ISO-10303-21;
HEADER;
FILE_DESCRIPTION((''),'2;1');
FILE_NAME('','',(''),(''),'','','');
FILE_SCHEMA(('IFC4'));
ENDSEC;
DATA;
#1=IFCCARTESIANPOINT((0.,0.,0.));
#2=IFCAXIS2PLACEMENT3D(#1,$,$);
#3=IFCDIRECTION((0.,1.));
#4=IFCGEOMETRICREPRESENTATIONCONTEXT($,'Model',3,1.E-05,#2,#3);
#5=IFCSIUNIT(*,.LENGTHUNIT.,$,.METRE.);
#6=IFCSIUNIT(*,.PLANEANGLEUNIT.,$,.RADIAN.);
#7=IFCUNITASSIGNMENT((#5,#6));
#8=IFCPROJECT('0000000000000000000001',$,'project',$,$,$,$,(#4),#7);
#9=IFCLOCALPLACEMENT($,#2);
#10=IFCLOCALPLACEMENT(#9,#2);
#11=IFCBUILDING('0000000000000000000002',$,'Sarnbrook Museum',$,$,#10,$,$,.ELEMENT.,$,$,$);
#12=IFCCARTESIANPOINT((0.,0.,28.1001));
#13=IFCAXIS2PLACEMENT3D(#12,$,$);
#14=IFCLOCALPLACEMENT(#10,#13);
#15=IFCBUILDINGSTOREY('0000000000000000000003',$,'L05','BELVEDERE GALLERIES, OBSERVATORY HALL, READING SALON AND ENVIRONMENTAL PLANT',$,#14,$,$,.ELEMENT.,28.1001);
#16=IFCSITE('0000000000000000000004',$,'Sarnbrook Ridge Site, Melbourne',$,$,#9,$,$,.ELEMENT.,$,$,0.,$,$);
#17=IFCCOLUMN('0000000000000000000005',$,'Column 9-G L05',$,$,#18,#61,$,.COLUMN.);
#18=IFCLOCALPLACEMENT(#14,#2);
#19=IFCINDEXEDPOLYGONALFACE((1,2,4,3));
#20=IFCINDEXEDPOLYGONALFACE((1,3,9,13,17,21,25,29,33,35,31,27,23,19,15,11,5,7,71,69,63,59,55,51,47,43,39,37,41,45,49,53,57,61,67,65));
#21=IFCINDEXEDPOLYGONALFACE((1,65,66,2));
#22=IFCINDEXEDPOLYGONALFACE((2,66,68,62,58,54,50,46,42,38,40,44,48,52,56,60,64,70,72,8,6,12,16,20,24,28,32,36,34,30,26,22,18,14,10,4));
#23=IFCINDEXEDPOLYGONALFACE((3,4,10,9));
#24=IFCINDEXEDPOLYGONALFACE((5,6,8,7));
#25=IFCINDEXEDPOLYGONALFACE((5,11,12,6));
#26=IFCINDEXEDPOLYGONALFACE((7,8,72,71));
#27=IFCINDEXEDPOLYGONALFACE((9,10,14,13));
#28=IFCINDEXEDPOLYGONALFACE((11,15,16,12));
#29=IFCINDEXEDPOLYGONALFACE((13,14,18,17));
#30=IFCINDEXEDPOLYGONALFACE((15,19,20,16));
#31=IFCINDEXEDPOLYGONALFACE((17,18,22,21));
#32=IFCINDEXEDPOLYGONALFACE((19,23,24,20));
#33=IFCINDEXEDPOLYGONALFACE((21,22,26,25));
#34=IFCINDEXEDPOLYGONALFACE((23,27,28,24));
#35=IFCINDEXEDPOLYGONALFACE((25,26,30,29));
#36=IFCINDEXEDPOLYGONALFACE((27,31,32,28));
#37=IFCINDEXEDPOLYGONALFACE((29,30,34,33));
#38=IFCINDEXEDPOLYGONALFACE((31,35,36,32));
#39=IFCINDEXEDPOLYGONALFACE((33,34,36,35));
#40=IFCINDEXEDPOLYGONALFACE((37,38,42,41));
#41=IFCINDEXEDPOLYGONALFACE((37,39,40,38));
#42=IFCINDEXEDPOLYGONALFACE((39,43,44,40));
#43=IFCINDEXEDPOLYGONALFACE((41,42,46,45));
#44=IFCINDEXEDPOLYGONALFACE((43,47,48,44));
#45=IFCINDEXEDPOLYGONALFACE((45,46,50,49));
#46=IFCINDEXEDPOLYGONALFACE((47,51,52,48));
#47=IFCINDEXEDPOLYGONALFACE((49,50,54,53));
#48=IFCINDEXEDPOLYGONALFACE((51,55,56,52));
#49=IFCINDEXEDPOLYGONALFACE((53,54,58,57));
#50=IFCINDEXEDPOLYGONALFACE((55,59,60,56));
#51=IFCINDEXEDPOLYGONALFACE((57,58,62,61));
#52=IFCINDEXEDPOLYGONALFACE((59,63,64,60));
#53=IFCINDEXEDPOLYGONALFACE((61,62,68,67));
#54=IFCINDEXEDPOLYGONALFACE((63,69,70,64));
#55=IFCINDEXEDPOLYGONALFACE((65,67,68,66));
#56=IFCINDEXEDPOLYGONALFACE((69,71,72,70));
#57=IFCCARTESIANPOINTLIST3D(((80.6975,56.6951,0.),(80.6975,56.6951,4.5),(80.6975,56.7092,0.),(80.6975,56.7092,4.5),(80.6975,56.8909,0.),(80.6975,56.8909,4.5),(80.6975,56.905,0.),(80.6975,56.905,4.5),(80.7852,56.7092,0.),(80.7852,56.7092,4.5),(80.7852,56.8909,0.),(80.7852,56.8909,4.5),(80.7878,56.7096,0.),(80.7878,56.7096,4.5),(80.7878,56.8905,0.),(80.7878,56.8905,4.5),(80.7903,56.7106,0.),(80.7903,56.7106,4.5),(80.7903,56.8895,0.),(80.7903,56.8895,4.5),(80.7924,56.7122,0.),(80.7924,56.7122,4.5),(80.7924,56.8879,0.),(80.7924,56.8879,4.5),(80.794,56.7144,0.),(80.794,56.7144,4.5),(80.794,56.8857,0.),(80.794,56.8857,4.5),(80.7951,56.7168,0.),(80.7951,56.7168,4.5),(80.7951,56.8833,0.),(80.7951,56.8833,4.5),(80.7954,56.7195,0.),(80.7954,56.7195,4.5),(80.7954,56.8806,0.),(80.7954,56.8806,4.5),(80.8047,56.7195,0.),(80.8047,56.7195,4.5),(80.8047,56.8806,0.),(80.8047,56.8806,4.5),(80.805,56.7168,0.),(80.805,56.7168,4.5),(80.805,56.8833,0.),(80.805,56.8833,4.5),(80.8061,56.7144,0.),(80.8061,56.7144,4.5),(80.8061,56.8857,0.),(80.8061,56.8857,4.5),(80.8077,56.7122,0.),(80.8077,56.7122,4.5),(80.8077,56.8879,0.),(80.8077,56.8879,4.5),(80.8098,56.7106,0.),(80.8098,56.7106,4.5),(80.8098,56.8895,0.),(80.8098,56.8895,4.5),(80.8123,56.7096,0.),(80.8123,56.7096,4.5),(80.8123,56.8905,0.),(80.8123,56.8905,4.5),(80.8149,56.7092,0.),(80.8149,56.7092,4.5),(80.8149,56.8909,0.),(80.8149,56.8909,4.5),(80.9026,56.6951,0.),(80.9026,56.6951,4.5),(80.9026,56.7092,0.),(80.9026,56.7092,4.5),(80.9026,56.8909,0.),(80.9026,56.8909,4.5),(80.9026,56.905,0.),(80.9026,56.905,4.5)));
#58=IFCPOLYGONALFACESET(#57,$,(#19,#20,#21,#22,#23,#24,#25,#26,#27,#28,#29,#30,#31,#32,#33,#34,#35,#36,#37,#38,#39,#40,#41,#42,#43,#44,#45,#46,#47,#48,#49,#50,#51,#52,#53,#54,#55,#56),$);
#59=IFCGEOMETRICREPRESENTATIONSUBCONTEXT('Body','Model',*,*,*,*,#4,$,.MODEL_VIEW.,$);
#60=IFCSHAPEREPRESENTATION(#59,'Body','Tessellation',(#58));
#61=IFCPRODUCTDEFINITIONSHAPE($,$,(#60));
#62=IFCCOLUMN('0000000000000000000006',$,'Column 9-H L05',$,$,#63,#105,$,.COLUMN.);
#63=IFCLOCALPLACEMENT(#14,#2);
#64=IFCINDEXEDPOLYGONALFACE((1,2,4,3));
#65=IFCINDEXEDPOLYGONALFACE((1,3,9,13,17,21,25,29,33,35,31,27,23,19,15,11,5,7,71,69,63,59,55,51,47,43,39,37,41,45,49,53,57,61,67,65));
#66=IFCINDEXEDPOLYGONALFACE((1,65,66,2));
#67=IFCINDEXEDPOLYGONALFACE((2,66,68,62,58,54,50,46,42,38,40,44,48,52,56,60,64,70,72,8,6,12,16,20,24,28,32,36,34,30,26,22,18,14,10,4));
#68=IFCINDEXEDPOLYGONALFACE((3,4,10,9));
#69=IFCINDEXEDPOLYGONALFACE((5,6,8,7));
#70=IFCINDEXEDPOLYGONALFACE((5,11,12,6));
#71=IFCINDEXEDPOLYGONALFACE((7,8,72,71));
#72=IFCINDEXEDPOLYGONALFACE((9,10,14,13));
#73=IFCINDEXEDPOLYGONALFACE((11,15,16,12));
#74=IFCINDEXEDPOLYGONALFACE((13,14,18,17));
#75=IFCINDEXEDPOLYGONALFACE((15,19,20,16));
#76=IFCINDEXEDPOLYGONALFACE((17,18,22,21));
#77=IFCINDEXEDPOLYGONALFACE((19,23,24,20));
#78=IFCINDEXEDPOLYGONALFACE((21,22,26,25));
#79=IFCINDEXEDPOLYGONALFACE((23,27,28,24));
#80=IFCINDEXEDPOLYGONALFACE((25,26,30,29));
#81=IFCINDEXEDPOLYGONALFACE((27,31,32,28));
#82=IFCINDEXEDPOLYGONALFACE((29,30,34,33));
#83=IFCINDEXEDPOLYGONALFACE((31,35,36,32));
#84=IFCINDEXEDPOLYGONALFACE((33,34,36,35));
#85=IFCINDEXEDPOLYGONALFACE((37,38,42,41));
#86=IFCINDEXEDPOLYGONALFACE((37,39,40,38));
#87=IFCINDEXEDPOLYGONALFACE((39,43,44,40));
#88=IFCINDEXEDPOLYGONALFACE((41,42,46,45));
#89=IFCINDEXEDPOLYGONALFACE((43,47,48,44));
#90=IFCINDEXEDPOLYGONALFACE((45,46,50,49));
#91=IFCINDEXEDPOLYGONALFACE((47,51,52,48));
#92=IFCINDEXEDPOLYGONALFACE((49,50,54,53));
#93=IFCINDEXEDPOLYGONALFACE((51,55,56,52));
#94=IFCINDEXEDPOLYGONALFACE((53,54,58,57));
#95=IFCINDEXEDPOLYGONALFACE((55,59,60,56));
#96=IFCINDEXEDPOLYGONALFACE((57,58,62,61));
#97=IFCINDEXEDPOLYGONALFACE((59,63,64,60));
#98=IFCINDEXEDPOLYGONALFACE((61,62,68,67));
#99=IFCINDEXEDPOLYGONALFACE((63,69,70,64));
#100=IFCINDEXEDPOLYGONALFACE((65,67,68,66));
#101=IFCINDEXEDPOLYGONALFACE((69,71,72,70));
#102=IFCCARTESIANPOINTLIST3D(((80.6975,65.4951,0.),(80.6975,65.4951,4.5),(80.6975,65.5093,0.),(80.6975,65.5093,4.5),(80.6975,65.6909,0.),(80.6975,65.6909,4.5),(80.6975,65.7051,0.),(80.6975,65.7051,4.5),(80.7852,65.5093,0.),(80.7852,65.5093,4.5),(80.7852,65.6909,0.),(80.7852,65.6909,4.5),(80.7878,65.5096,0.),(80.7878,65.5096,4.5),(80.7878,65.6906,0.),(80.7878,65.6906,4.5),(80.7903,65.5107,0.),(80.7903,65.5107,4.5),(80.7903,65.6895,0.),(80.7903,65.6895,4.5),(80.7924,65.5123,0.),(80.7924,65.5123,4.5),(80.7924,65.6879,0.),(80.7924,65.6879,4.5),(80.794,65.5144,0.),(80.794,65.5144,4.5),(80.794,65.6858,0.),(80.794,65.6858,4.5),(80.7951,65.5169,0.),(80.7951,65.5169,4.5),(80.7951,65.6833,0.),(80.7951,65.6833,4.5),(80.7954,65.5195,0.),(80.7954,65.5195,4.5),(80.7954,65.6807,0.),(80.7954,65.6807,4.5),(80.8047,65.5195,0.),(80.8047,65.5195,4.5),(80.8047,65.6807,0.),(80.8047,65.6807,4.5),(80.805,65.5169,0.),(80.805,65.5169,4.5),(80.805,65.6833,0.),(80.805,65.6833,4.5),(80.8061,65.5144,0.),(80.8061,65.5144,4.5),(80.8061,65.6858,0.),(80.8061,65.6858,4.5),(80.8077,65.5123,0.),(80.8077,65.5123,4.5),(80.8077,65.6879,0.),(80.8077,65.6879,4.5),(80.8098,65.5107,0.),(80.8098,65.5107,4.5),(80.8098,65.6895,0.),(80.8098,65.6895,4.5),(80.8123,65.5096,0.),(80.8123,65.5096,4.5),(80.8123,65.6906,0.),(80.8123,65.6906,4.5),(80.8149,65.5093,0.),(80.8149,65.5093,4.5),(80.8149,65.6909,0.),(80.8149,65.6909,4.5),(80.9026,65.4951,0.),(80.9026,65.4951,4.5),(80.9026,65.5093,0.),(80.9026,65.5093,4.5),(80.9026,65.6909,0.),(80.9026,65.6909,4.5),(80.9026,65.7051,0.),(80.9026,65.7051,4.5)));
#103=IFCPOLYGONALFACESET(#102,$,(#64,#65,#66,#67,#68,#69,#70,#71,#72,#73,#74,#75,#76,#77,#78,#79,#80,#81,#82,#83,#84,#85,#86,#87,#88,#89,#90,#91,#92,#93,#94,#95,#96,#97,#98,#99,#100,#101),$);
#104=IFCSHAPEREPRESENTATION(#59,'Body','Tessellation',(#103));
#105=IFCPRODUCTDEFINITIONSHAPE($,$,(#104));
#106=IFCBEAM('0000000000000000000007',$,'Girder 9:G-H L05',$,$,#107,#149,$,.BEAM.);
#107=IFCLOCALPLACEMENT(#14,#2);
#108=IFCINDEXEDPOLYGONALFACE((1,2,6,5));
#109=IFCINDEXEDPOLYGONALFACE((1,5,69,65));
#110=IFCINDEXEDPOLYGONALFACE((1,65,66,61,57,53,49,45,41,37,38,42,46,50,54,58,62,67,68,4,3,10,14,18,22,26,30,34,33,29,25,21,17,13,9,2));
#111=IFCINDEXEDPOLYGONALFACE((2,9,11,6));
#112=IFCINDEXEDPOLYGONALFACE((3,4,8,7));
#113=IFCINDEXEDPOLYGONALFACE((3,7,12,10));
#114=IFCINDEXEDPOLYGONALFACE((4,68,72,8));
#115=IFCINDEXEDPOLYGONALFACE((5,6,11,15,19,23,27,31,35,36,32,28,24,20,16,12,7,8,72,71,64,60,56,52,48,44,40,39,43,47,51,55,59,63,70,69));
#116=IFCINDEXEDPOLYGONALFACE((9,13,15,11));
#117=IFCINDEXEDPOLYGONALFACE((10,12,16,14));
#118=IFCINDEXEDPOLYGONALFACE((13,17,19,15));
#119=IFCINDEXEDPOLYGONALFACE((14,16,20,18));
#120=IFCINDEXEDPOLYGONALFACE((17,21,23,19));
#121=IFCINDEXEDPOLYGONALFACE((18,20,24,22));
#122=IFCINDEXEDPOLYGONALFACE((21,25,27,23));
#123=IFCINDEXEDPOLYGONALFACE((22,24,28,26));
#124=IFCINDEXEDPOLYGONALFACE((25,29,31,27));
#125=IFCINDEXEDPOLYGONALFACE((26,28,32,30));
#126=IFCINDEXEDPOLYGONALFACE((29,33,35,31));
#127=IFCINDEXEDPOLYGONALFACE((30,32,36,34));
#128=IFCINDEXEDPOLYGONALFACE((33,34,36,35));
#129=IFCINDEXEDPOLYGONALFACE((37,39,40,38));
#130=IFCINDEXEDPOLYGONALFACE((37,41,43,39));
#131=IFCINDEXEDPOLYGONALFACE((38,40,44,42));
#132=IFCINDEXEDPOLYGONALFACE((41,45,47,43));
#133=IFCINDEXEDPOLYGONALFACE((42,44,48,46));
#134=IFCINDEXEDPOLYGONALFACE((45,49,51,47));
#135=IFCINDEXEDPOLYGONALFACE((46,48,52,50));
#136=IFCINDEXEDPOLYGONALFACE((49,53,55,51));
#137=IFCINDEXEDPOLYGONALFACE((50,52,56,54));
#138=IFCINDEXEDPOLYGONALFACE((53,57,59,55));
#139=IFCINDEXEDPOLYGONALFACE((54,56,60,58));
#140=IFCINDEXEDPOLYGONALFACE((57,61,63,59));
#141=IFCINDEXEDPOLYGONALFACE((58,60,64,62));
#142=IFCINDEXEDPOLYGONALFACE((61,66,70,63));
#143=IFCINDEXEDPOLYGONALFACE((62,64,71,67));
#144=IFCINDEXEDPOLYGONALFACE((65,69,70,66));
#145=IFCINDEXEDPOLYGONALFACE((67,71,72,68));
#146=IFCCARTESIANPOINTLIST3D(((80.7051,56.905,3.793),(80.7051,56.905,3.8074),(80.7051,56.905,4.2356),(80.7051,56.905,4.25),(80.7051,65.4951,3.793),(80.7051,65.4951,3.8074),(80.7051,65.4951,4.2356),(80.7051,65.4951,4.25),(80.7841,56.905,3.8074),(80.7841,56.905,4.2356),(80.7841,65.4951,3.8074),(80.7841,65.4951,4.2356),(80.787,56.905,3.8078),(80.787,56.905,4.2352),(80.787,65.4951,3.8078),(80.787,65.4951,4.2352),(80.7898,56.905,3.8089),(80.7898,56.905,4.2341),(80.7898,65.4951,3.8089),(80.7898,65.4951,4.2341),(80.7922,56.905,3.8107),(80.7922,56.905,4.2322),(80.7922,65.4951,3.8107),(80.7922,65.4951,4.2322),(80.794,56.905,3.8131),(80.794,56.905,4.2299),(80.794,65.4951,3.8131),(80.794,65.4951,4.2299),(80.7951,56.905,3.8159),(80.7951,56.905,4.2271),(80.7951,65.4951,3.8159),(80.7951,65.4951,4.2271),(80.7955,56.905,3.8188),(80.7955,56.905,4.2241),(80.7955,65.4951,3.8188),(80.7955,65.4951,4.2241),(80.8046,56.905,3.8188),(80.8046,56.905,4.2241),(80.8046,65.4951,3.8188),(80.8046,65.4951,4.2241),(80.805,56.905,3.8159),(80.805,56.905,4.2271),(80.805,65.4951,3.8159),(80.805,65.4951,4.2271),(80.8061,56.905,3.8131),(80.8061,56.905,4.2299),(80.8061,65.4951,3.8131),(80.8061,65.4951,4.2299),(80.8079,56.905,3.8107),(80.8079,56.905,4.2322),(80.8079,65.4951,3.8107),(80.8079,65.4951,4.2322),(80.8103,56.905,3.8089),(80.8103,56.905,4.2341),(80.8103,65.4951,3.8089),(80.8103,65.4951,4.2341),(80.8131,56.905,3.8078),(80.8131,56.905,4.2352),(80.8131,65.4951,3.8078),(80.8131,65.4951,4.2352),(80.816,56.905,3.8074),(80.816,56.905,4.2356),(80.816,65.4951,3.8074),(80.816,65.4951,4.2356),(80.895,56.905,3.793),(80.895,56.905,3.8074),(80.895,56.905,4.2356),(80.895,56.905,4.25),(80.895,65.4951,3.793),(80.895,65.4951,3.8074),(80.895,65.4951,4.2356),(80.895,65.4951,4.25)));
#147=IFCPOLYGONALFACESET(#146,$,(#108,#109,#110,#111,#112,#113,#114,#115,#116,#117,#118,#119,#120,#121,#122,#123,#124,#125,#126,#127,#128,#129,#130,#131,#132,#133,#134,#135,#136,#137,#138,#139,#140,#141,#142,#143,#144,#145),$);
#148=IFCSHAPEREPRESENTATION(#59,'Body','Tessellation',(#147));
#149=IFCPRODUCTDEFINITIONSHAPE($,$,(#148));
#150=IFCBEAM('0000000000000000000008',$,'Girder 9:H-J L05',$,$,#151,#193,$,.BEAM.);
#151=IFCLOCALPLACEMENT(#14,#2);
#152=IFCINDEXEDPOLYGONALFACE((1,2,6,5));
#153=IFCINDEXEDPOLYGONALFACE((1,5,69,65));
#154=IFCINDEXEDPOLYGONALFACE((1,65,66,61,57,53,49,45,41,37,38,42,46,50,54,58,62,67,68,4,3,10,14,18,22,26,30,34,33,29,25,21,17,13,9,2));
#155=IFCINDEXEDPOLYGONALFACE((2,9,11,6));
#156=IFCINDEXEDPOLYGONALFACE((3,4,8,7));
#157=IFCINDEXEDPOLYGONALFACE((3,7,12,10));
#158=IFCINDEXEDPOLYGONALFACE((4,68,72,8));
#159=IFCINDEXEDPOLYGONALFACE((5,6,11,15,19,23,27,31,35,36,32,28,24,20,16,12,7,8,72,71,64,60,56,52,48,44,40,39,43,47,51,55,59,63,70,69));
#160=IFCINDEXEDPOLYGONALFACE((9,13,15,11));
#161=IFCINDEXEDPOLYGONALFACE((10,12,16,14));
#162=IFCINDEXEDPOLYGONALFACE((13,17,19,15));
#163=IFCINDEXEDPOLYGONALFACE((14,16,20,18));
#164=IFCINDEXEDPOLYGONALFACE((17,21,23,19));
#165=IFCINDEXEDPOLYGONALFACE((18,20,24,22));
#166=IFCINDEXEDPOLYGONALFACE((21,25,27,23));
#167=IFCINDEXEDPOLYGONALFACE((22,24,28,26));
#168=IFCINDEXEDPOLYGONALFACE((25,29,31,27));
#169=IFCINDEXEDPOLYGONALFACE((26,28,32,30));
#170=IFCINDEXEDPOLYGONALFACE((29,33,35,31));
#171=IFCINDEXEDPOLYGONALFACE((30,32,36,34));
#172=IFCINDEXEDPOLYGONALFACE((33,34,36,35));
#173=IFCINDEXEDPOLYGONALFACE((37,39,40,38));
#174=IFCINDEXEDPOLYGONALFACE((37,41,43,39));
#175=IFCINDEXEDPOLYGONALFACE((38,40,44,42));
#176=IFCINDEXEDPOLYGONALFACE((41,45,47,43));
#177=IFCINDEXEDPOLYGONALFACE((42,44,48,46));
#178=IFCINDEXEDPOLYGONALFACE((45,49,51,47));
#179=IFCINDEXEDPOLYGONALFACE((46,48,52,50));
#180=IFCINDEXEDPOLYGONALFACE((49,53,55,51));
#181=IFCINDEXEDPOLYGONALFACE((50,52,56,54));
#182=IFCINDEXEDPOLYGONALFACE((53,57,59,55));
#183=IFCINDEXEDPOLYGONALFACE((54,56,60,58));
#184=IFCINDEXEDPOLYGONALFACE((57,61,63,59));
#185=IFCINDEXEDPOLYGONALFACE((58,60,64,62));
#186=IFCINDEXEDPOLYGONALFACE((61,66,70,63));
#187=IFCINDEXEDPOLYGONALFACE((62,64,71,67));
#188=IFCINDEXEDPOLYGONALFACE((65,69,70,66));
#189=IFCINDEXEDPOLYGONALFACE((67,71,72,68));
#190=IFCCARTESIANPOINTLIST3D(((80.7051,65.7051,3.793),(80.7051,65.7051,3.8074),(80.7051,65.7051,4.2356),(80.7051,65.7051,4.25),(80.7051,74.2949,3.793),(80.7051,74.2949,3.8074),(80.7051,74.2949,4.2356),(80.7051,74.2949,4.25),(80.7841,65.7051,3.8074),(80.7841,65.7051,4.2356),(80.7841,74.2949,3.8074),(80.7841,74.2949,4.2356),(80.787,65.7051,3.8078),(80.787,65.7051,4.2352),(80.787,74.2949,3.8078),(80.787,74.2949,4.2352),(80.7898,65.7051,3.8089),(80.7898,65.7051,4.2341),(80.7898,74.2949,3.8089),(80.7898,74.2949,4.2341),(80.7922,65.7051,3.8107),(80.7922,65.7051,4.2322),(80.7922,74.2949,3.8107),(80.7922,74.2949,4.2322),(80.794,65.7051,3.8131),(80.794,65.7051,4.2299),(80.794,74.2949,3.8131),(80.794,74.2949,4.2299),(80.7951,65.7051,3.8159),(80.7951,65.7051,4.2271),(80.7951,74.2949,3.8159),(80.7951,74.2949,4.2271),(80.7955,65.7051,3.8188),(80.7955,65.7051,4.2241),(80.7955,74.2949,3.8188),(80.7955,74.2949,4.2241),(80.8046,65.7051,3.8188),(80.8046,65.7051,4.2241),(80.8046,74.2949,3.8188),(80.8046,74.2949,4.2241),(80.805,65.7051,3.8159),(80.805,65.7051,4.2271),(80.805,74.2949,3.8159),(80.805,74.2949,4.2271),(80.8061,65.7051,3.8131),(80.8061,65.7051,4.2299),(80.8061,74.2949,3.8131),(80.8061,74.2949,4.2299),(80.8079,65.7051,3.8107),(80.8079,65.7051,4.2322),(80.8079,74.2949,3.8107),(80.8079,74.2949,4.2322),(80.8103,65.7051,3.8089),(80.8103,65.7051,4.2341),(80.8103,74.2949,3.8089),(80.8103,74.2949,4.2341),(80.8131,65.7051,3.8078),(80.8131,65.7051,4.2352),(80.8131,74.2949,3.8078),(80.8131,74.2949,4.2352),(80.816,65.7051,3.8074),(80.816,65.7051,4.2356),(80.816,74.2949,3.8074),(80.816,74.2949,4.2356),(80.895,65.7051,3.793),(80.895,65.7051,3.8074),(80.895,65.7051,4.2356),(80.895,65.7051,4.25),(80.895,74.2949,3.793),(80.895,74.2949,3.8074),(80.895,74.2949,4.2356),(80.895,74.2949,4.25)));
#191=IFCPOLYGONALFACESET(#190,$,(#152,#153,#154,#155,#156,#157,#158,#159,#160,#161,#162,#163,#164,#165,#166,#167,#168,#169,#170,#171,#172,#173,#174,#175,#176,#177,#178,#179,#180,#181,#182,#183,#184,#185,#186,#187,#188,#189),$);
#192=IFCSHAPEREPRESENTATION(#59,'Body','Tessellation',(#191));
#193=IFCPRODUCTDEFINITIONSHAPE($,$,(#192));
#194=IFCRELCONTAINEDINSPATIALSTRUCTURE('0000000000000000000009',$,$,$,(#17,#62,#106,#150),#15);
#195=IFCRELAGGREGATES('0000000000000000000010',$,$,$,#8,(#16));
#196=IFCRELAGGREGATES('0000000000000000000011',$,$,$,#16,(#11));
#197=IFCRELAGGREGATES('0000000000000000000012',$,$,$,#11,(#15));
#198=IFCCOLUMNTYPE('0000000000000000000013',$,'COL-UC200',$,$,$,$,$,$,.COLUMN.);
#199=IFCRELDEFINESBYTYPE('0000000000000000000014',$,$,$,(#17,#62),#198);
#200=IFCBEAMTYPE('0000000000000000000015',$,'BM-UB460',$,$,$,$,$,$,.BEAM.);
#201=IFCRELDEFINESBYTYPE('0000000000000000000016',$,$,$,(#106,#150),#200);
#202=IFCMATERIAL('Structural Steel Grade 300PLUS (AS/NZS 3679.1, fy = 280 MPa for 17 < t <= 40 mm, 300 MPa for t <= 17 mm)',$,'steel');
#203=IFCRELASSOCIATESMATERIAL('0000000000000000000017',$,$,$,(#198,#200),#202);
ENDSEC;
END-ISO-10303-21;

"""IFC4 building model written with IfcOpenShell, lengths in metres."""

from ifc_helpers import new_model, si_unit, direction, frame, origin, origin_2d, place, context, subcontext, project, spatial, i_section, extrude, material, material_profile, profile_set, type_object, element, save


model = new_model("IFC4")

# Units and contexts
model_context = context("Model", 3, precision=1e-05, world=origin(), true_north=direction((0.0, 1.0)))
body_context = subcontext(model_context, "Body", "Model", "MODEL_VIEW")
ifc_project = project(units=[si_unit("LENGTHUNIT", "METRE"), si_unit("PLANEANGLEUNIT", "RADIAN")], contexts=[model_context])

# Site, building, storey
site_placement = place(None, origin())
site = spatial("IfcSite", under=ifc_project, at=site_placement, Name="Sarnbrook Ridge Site, Melbourne", CompositionType="ELEMENT", RefElevation=0.0)
building_placement = place(site_placement, origin())
building = spatial("IfcBuilding", under=site, at=building_placement, Name="Sarnbrook Museum", CompositionType="ELEMENT")
storey_placement = place(building_placement, frame((0.0, 0.0, 28.1001)))
storey = spatial("IfcBuildingStorey", under=building, at=storey_placement, Name="L05", Description="BELVEDERE GALLERIES, OBSERVATORY HALL, READING SALON AND ENVIRONMENTAL PLANT", CompositionType="ELEMENT", Elevation=28.1001)

# Columns
ifc_material_1 = material(Name="Structural Steel Grade 300PLUS (AS/NZS 3679.1, fy = 280 MPa for 17 < t <= 40 mm, 300 MPa for t <= 17 mm)", Category="steel")
ifc_material_profile_1 = material_profile(ifc_material_1, i_section(OverallWidth=0.2051, OverallDepth=0.21, WebThickness=0.0093, FlangeThickness=0.0142, FilletRadius=0.0103, at=origin_2d()), Name="200UC59.5")
ifc_profile_set_1 = profile_set([ifc_material_profile_1], Name="Structural Steel Grade 300PLUS (AS/NZS 3679.1, fy = 280 MPa for 17 < t <= 40 mm, 300 MPa for t <= 17 mm)")
column_type = type_object("IfcColumnType", Name="COL-UC200", PredefinedType="COLUMN", material=ifc_profile_set_1)
for number, where, z_axis, x_axis, name in (
    (1, (80.8, 56.8, 0.0), (0.0, 0.0, 1.0), (1.0, 0.0, 0.0), "Column 9-G L05"),
    (2, (80.8, 65.6001, 0.0), (0.0, 0.0, 1.0), (1.0, 0.0, 0.0), "Column 9-H L05"),
):
    element("IfcColumn", number, at=place(storey_placement, frame(where, z_axis=z_axis, x_axis=x_axis)), inside=storey, type_object=column_type, Name=name, PredefinedType="COLUMN", context=body_context, shape_type="SweptSolid", body=[
        extrude(i_section(OverallWidth=0.2051, OverallDepth=0.21, WebThickness=0.0093, FlangeThickness=0.0142, FilletRadius=0.0103, at=origin_2d()), origin(), (0.0, 0.0, 1.0), 4.5),
    ])

# Beams
ifc_material_profile_2 = material_profile(ifc_material_1, i_section(OverallWidth=0.1899, OverallDepth=0.457, WebThickness=0.009, FlangeThickness=0.0144, FilletRadius=0.0115, at=origin_2d()), Name="460UB74.6")
ifc_profile_set_2 = profile_set([ifc_material_profile_2], Name="Structural Steel Grade 300PLUS (AS/NZS 3679.1, fy = 280 MPa for 17 < t <= 40 mm, 300 MPa for t <= 17 mm)")
beam_type = type_object("IfcBeamType", Name="BM-UB460", PredefinedType="BEAM", material=ifc_profile_set_2)
beam_1_placement = place(storey_placement, frame((80.8, 56.905, 4.0215), z_axis=(0.0, 1.0, 0.0), x_axis=(-1.0, 0.0, 0.0)))
element("IfcBeam", 3, at=beam_1_placement, inside=storey, type_object=beam_type, Name="Girder 9:G-H L05", PredefinedType="BEAM", context=body_context, shape_type="SweptSolid", body=[
    extrude(i_section(OverallWidth=0.1899, OverallDepth=0.457, WebThickness=0.009, FlangeThickness=0.0144, FilletRadius=0.0115, at=origin_2d()), origin(), (0.0, 0.0, 1.0), 8.5901),
])
beam_2_placement = place(storey_placement, frame((80.8, 65.7051, 4.0215), z_axis=(0.0, 1.0, 0.0), x_axis=(-1.0, 0.0, 0.0)))
element("IfcBeam", 4, at=beam_2_placement, inside=storey, type_object=beam_type, Name="Girder 9:H-J L05", PredefinedType="BEAM", context=body_context, shape_type="SweptSolid", body=[
    extrude(i_section(OverallWidth=0.1899, OverallDepth=0.457, WebThickness=0.009, FlangeThickness=0.0144, FilletRadius=0.0115, at=origin_2d()), origin(), (0.0, 0.0, 1.0), 8.5898),
])

save(model, "model.ifc")
